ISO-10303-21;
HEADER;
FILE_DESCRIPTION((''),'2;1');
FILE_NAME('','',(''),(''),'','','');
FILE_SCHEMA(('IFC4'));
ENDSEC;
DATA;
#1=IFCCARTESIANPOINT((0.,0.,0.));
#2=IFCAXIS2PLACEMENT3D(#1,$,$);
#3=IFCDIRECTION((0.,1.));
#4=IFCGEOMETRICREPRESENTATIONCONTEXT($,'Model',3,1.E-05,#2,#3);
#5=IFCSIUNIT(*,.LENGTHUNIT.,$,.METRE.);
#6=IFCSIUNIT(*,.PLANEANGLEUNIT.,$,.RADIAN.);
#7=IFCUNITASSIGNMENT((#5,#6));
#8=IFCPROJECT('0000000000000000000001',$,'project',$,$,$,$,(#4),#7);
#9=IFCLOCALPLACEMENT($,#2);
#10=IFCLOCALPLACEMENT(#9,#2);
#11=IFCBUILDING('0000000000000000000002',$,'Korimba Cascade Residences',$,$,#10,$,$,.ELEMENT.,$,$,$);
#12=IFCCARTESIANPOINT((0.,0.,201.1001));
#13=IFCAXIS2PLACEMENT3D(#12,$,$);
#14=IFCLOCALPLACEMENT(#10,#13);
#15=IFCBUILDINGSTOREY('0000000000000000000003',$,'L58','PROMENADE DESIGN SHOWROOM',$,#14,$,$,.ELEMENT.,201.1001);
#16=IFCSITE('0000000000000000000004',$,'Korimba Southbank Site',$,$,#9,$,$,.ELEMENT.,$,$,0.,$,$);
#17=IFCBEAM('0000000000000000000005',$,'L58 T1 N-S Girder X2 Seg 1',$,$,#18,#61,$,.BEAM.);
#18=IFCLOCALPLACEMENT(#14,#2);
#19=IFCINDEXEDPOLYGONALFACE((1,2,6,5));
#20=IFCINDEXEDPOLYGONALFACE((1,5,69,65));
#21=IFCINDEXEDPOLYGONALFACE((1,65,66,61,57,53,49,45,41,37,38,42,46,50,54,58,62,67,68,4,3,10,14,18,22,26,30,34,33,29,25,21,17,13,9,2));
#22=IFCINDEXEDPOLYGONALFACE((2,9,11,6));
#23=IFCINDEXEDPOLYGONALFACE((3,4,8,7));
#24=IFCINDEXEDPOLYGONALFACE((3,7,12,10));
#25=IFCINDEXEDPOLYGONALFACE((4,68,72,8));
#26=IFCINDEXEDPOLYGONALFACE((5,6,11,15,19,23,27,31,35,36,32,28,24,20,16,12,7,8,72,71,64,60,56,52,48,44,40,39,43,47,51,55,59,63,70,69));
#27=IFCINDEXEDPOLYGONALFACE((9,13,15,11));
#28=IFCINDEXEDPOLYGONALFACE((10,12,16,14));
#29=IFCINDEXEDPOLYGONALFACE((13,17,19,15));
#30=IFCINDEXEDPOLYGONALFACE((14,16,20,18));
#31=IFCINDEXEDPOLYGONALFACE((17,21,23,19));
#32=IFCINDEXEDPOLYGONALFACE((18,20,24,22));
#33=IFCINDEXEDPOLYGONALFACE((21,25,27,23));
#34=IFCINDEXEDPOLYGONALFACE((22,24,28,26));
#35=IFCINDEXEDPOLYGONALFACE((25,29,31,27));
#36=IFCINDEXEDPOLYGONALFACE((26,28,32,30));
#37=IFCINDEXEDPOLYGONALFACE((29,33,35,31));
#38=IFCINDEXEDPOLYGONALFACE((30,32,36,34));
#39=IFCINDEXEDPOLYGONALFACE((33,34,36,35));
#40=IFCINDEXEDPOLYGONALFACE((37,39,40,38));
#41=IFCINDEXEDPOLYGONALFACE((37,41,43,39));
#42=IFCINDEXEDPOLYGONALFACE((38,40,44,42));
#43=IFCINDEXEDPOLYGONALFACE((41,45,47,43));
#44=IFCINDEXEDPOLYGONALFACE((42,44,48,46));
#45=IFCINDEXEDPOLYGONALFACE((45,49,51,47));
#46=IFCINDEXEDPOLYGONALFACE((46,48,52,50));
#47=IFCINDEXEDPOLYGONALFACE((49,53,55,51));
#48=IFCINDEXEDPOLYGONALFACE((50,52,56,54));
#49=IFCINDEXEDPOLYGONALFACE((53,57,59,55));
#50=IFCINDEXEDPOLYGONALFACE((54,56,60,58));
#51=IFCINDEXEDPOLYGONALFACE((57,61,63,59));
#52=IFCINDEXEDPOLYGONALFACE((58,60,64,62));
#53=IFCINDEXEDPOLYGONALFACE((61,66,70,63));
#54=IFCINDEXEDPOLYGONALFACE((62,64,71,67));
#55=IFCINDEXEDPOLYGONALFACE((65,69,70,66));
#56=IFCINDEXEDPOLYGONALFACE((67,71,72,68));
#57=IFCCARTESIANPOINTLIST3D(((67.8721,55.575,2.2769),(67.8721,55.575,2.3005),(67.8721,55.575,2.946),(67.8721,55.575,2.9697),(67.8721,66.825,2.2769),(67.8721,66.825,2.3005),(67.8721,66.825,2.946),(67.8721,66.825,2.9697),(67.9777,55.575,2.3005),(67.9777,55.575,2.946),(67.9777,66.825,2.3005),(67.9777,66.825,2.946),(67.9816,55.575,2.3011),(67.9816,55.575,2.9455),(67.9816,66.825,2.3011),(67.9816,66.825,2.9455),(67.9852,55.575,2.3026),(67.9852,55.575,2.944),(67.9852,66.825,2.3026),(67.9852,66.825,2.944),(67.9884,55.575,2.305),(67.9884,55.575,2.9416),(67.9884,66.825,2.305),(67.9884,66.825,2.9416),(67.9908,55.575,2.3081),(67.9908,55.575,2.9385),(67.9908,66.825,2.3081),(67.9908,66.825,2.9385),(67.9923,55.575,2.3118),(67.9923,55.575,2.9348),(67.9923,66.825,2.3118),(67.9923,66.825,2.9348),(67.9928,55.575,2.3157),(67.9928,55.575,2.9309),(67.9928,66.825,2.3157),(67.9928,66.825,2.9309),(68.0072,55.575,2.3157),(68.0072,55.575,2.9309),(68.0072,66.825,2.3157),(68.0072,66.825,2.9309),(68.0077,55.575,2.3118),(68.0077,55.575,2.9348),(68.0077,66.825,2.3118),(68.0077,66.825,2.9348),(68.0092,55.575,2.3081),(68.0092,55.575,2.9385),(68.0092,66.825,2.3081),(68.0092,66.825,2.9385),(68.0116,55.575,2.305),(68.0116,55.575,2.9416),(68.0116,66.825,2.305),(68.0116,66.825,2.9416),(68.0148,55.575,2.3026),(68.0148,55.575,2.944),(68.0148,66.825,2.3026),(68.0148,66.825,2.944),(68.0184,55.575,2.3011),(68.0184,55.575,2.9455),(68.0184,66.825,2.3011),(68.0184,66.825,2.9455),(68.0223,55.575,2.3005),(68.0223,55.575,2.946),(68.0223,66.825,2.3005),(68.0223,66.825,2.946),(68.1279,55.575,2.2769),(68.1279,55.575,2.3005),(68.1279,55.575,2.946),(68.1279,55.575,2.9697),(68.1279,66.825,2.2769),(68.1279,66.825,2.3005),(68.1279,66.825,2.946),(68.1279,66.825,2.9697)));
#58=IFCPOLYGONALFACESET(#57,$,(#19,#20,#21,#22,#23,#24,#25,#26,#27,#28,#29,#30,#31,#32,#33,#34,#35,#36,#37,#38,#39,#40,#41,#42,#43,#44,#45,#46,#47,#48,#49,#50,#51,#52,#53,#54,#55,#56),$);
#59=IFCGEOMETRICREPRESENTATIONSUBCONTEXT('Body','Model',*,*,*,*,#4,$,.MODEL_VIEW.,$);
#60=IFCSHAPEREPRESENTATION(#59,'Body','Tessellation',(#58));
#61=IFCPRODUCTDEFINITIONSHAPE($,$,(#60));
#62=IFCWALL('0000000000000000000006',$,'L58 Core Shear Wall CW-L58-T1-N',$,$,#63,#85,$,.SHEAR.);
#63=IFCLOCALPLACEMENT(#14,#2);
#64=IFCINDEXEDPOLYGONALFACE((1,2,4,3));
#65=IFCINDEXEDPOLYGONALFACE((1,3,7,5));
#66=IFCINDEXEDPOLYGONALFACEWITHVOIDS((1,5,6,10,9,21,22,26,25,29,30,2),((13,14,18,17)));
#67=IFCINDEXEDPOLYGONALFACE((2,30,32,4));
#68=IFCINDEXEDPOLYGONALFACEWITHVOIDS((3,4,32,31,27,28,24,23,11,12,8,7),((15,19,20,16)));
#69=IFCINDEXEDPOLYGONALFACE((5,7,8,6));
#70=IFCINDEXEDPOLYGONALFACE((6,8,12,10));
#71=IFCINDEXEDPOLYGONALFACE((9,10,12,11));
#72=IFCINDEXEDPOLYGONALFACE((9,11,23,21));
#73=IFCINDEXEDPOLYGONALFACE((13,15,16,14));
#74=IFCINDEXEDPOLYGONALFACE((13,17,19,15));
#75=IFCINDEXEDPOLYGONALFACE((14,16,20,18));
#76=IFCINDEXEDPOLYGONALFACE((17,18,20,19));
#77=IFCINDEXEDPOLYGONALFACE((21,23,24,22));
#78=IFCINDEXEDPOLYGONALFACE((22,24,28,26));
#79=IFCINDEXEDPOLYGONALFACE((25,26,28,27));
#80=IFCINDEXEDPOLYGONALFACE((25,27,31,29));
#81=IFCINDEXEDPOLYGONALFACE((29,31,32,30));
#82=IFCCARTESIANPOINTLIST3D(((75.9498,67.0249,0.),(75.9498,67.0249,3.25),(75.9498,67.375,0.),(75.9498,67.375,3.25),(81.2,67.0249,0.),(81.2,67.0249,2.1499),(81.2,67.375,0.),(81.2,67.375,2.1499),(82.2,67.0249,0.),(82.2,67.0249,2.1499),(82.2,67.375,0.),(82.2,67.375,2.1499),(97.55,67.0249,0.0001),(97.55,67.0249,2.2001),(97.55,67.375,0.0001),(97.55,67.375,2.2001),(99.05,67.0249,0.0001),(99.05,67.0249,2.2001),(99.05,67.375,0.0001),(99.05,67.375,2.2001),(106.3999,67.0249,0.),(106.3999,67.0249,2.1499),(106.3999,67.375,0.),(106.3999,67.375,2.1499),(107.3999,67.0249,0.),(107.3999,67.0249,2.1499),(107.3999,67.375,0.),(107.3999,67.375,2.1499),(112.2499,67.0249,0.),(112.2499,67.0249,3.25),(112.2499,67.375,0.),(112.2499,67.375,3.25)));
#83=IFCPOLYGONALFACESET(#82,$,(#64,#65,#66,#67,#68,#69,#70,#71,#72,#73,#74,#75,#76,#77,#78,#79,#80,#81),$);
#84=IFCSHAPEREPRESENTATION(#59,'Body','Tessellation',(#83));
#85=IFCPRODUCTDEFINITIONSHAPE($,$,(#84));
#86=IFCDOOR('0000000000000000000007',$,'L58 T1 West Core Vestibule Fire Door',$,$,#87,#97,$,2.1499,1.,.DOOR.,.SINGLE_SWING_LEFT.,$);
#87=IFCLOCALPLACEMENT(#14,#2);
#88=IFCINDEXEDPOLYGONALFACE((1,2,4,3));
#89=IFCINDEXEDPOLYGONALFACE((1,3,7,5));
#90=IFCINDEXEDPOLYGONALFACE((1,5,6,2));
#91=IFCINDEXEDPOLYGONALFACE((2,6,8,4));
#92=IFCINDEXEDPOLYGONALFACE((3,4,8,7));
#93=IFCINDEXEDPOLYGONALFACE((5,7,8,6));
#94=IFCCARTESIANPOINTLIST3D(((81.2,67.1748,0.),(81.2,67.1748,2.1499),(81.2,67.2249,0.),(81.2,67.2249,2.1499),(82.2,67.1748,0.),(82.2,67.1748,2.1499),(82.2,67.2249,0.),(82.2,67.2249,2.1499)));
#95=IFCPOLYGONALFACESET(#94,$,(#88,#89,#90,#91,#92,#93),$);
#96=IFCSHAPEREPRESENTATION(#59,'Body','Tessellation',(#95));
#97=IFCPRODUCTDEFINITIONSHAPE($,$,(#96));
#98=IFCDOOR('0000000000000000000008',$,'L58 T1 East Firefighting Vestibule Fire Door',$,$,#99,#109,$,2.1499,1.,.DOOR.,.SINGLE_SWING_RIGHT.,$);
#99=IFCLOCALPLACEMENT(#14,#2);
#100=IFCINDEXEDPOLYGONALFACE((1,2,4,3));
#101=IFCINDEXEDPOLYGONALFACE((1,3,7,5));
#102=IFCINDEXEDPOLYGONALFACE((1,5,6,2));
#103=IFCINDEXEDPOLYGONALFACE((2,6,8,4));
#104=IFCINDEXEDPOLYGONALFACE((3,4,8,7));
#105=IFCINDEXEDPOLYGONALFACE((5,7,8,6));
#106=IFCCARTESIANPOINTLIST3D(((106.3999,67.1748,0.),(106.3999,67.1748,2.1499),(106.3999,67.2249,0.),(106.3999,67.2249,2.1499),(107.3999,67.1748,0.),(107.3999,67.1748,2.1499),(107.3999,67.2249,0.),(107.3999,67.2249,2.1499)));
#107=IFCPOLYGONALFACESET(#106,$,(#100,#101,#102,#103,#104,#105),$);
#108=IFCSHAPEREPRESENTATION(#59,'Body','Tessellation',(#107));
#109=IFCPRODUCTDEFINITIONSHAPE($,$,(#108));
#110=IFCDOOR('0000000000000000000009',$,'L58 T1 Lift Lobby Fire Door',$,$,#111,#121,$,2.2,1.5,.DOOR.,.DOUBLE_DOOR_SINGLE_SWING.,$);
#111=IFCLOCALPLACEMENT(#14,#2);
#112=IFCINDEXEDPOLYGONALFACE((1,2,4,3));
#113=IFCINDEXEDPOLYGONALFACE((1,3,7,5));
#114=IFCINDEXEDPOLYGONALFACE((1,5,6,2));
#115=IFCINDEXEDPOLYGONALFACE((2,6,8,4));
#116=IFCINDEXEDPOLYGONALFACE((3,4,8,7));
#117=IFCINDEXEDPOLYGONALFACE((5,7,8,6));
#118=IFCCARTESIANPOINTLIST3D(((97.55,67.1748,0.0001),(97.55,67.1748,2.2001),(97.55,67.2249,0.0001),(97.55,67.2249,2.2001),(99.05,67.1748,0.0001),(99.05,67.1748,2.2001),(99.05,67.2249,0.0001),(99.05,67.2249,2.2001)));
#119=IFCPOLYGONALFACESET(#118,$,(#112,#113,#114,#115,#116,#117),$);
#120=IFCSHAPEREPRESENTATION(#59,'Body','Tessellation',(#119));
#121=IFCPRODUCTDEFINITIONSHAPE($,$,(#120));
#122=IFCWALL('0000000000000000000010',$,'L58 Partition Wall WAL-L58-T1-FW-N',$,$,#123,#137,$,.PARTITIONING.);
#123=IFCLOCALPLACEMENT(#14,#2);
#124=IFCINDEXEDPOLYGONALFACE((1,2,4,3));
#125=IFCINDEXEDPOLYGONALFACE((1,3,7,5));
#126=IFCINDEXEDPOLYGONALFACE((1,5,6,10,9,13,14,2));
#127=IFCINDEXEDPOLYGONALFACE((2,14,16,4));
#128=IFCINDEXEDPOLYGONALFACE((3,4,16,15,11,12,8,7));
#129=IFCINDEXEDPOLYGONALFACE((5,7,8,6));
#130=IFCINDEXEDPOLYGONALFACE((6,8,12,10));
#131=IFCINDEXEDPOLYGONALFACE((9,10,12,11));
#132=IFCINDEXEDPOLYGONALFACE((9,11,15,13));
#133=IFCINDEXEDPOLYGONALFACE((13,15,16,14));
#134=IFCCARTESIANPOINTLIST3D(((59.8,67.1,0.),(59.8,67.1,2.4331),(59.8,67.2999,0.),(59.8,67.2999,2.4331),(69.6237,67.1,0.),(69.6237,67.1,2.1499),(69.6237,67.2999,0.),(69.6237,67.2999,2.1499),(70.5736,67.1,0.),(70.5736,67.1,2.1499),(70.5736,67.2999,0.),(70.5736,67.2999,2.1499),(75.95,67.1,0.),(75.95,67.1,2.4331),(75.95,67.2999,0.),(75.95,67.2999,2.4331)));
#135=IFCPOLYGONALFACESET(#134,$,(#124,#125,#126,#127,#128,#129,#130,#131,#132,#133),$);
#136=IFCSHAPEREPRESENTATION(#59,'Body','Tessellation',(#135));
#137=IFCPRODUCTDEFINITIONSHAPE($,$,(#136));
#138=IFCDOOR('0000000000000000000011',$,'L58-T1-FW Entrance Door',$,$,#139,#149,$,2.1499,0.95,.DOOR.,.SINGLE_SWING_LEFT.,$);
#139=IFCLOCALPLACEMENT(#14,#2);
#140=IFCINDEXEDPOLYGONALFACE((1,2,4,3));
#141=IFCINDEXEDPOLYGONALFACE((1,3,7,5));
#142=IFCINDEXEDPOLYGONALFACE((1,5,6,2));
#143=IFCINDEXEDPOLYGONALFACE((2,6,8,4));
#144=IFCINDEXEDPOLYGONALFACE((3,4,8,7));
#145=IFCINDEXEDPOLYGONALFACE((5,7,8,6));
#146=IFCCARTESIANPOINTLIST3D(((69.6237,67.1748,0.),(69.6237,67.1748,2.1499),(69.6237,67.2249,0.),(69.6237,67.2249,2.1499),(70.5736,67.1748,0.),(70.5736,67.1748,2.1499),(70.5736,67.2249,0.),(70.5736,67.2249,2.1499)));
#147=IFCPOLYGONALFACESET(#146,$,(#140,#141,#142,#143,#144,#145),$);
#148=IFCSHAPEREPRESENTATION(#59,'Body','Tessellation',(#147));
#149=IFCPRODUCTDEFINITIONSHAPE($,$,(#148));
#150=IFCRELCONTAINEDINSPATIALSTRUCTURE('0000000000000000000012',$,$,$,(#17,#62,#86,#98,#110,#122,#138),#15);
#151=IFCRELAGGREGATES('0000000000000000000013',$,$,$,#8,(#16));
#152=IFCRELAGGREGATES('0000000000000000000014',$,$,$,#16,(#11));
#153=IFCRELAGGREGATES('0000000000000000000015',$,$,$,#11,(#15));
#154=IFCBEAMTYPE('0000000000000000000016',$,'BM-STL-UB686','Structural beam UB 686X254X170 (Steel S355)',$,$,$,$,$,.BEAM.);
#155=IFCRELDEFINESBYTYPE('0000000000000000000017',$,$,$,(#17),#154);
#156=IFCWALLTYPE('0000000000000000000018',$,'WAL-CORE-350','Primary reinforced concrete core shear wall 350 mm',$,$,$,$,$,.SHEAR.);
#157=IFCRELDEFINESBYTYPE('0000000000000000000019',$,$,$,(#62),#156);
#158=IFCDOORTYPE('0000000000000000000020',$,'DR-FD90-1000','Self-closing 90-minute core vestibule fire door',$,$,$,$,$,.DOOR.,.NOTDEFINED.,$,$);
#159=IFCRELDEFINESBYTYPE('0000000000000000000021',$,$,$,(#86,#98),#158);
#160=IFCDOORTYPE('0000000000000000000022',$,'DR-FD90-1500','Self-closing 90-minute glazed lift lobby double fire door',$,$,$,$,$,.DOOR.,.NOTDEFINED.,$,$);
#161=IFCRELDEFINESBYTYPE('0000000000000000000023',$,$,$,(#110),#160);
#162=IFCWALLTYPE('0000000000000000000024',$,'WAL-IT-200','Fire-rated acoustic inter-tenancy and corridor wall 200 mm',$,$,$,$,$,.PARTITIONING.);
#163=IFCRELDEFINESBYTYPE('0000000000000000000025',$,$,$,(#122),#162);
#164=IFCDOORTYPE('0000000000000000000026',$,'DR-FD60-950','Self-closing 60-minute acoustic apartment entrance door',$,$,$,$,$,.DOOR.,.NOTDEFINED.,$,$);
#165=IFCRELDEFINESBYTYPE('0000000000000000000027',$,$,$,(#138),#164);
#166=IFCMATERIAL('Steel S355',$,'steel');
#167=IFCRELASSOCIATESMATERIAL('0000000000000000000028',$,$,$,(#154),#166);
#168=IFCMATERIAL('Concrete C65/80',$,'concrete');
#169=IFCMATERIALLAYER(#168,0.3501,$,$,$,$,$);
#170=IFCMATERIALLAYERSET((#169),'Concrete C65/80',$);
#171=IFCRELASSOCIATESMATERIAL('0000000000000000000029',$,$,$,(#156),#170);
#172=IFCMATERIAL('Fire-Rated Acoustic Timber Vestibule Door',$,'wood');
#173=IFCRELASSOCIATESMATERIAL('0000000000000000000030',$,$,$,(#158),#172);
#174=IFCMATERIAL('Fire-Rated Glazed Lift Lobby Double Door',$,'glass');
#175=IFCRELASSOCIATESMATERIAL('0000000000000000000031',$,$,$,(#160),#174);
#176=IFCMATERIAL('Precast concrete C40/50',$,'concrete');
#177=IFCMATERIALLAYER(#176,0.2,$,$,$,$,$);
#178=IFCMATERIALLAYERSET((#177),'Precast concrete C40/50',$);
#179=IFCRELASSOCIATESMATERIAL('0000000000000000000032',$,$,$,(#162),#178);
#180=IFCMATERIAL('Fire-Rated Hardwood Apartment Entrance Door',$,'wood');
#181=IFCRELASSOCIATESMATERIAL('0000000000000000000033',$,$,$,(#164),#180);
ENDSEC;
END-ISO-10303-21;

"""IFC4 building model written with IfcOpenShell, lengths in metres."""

from ifc_helpers import new_model, si_unit, direction, frame, frame_2d, origin, origin_2d, place, context, subcontext, project, spatial, rectangle, i_section, extrude, material, layer, layer_set, material_profile, profile_set, type_object, element, fill, save


model = new_model("IFC4")

# Units and contexts
model_context = context("Model", 3, precision=1e-05, world=origin(), true_north=direction((0.0, 1.0)))
body_context = subcontext(model_context, "Body", "Model", "MODEL_VIEW")
ifc_project = project(units=[si_unit("LENGTHUNIT", "METRE"), si_unit("PLANEANGLEUNIT", "RADIAN")], contexts=[model_context])

# Site, building, storey
site_placement = place(None, origin())
site = spatial("IfcSite", under=ifc_project, at=site_placement, Name="Korimba Southbank Site", CompositionType="ELEMENT", RefElevation=0.0)
building_placement = place(site_placement, origin())
building = spatial("IfcBuilding", under=site, at=building_placement, Name="Korimba Cascade Residences", CompositionType="ELEMENT")
storey_placement = place(building_placement, frame((0.0, 0.0, 201.1001)))
storey = spatial("IfcBuildingStorey", under=building, at=storey_placement, Name="L58", Description="PROMENADE DESIGN SHOWROOM", CompositionType="ELEMENT", Elevation=201.1001)

# Shared definitions
ifc_material_1 = material(Name="Concrete C65/80", Category="concrete")

# Beam
ifc_material_2 = material(Name="Steel S355", Category="steel")
ifc_material_profile_1 = material_profile(ifc_material_2, i_section(OverallWidth=0.2559, OverallDepth=0.6929, WebThickness=0.0144, FlangeThickness=0.0237, FilletRadius=0.0151, at=origin_2d()), Name="Steel S355")
ifc_profile_set_1 = profile_set([ifc_material_profile_1], Name="Steel S355")
beam_type_1 = type_object("IfcBeamType", Name="BM-STL-UB686", Description="Structural beam UB 686X254X170 (Steel S355)", PredefinedType="BEAM", material=ifc_profile_set_1)
beam_1_placement = place(storey_placement, frame((68.0, 55.575, 2.6233), z_axis=(0.0, 1.0, 0.0), x_axis=(-1.0, 0.0, 0.0)))
element("IfcBeam", 1, at=beam_1_placement, inside=storey, type_object=beam_type_1, Name="L58 T1 N-S Girder X2 Seg 1", PredefinedType="BEAM", context=body_context, shape_type="SweptSolid", body=[
    extrude(i_section(OverallWidth=0.2559, OverallDepth=0.6929, WebThickness=0.0144, FlangeThickness=0.0237, FilletRadius=0.0151, at=origin_2d()), origin(), (0.0, 0.0, 1.0), 11.25),
])

# Wall, openings, doors
ifc_layer_1 = layer(ifc_material_1, 0.3501)
ifc_layer_set_1 = layer_set([ifc_layer_1], Name="Concrete C65/80")
wall_type_1 = type_object("IfcWallType", Name="WAL-CORE-350", Description="Primary reinforced concrete core shear wall 350 mm", PredefinedType="SHEAR", material=ifc_layer_set_1)
wall_1_placement = place(storey_placement, frame((75.95, 67.2, 0.0), z_axis=(0.0, 0.0, 1.0), x_axis=(1.0, 0.0, 0.0)))
wall_1 = element("IfcWall", 2, at=wall_1_placement, inside=storey, type_object=wall_type_1, Name="L58 Core Shear Wall CW-L58-T1-N", PredefinedType="SHEAR", context=body_context, shape_type="SweptSolid", body=[
    extrude(rectangle(XDim=36.3, YDim=0.3501, at=frame_2d((18.1499, 0.0))), origin(), (0.0, 0.0, 1.0), 3.25),
])
opening_1_placement = place(wall_1_placement, frame((5.25, 0.0, 0.0)))
opening_1 = element("IfcOpeningElement", 3, at=opening_1_placement, cuts=wall_1, PredefinedType="OPENING", context=body_context, shape_type="SweptSolid", body=[
    extrude(rectangle(XDim=1.0, YDim=2.1499, at=frame_2d((0.5, 1.075))), frame((0.0, 0.1851, 0.0), z_axis=(0.0, -1.0, 0.0), x_axis=(1.0, 0.0, 0.0)), (0.0, 0.0, 1.0), 0.3701),
])
opening_2_placement = place(wall_1_placement, frame((21.6001, 0.0, 0.0)))
opening_2 = element("IfcOpeningElement", 4, at=opening_2_placement, cuts=wall_1, PredefinedType="OPENING", context=body_context, shape_type="SweptSolid", body=[
    extrude(rectangle(XDim=1.5, YDim=2.2, at=frame_2d((0.75, 1.1001))), frame((0.0, 0.1851, 0.0), z_axis=(0.0, -1.0, 0.0), x_axis=(1.0, 0.0, 0.0)), (0.0, 0.0, 1.0), 0.3701),
])
opening_3_placement = place(wall_1_placement, frame((30.45, 0.0, 0.0)))
opening_3 = element("IfcOpeningElement", 5, at=opening_3_placement, cuts=wall_1, PredefinedType="OPENING", context=body_context, shape_type="SweptSolid", body=[
    extrude(rectangle(XDim=1.0, YDim=2.1499, at=frame_2d((0.5, 1.075))), frame((0.0, 0.1851, 0.0), z_axis=(0.0, -1.0, 0.0), x_axis=(1.0, 0.0, 0.0)), (0.0, 0.0, 1.0), 0.3701),
])
ifc_material_3 = material(Name="Fire-Rated Acoustic Timber Vestibule Door", Category="wood")
door_type_1 = type_object("IfcDoorType", Name="DR-FD90-1000", Description="Self-closing 90-minute core vestibule fire door", OperationType="NOTDEFINED", PredefinedType="DOOR", material=ifc_material_3)
door_1_placement = place(opening_1_placement, origin())
door_1 = element("IfcDoor", 6, at=door_1_placement, inside=storey, type_object=door_type_1, Name="L58 T1 West Core Vestibule Fire Door", OperationType="SINGLE_SWING_LEFT", OverallHeight=2.1499, OverallWidth=1.0, PredefinedType="DOOR", context=body_context, shape_type="SweptSolid", body=[
    extrude(rectangle(XDim=1.0, YDim=2.1499, at=frame_2d((0.5, 1.075))), frame((0.0, 0.0249, 0.0), z_axis=(0.0, -1.0, 0.0), x_axis=(1.0, 0.0, 0.0)), (0.0, 0.0, 1.0), 0.05),
])
fill(opening_1, door_1)
door_2_placement = place(opening_3_placement, origin())
door_2 = element("IfcDoor", 7, at=door_2_placement, inside=storey, type_object=door_type_1, Name="L58 T1 East Firefighting Vestibule Fire Door", OperationType="SINGLE_SWING_RIGHT", OverallHeight=2.1499, OverallWidth=1.0, PredefinedType="DOOR", context=body_context, shape_type="SweptSolid", body=[
    extrude(rectangle(XDim=1.0, YDim=2.1499, at=frame_2d((0.5, 1.075))), frame((0.0, 0.0249, 0.0), z_axis=(0.0, -1.0, 0.0), x_axis=(1.0, 0.0, 0.0)), (0.0, 0.0, 1.0), 0.05),
])
fill(opening_3, door_2)
ifc_material_4 = material(Name="Fire-Rated Glazed Lift Lobby Double Door", Category="glass")
door_type_2 = type_object("IfcDoorType", Name="DR-FD90-1500", Description="Self-closing 90-minute glazed lift lobby double fire door", OperationType="NOTDEFINED", PredefinedType="DOOR", material=ifc_material_4)
door_3_placement = place(opening_2_placement, origin())
door_3 = element("IfcDoor", 8, at=door_3_placement, inside=storey, type_object=door_type_2, Name="L58 T1 Lift Lobby Fire Door", OperationType="DOUBLE_DOOR_SINGLE_SWING", OverallHeight=2.2, OverallWidth=1.5, PredefinedType="DOOR", context=body_context, shape_type="SweptSolid", body=[
    extrude(rectangle(XDim=1.5, YDim=2.2, at=frame_2d((0.75, 1.1001))), frame((0.0, 0.0249, 0.0), z_axis=(0.0, -1.0, 0.0), x_axis=(1.0, 0.0, 0.0)), (0.0, 0.0, 1.0), 0.05),
])
fill(opening_2, door_3)

# Wall, opening, door
ifc_material_5 = material(Name="Precast concrete C40/50", Category="concrete")
ifc_layer_2 = layer(ifc_material_5, 0.2)
ifc_layer_set_2 = layer_set([ifc_layer_2], Name="Precast concrete C40/50")
wall_type_2 = type_object("IfcWallType", Name="WAL-IT-200", Description="Fire-rated acoustic inter-tenancy and corridor wall 200 mm", PredefinedType="PARTITIONING", material=ifc_layer_set_2)
wall_2_placement = place(storey_placement, frame((59.8, 67.2, 0.0), z_axis=(0.0, 0.0, 1.0), x_axis=(1.0, 0.0, 0.0)))
wall_2 = element("IfcWall", 9, at=wall_2_placement, inside=storey, type_object=wall_type_2, Name="L58 Partition Wall WAL-L58-T1-FW-N", PredefinedType="PARTITIONING", context=body_context, shape_type="SweptSolid", body=[
    extrude(rectangle(XDim=16.1499, YDim=0.2, at=frame_2d((8.075, 0.0))), origin(), (0.0, 0.0, 1.0), 2.4331),
])
opening_4_placement = place(wall_2_placement, frame((9.8235, 0.0, 0.0)))
opening_4 = element("IfcOpeningElement", 10, at=opening_4_placement, cuts=wall_2, PredefinedType="OPENING", context=body_context, shape_type="SweptSolid", body=[
    extrude(rectangle(XDim=0.95, YDim=2.1499, at=frame_2d((0.4751, 1.075))), frame((0.0, 0.1099, 0.0), z_axis=(0.0, -1.0, 0.0), x_axis=(1.0, 0.0, 0.0)), (0.0, 0.0, 1.0), 0.22),
])
ifc_material_6 = material(Name="Fire-Rated Hardwood Apartment Entrance Door", Category="wood")
door_type_3 = type_object("IfcDoorType", Name="DR-FD60-950", Description="Self-closing 60-minute acoustic apartment entrance door", OperationType="NOTDEFINED", PredefinedType="DOOR", material=ifc_material_6)
door_4_placement = place(opening_4_placement, origin())
door_4 = element("IfcDoor", 11, at=door_4_placement, inside=storey, type_object=door_type_3, Name="L58-T1-FW Entrance Door", OperationType="SINGLE_SWING_LEFT", OverallHeight=2.1499, OverallWidth=0.95, PredefinedType="DOOR", context=body_context, shape_type="SweptSolid", body=[
    extrude(rectangle(XDim=0.95, YDim=2.1499, at=frame_2d((0.4751, 1.075))), frame((0.0, 0.0249, 0.0), z_axis=(0.0, -1.0, 0.0), x_axis=(1.0, 0.0, 0.0)), (0.0, 0.0, 1.0), 0.05),
])
fill(opening_4, door_4)

save(model, "model.ifc")
